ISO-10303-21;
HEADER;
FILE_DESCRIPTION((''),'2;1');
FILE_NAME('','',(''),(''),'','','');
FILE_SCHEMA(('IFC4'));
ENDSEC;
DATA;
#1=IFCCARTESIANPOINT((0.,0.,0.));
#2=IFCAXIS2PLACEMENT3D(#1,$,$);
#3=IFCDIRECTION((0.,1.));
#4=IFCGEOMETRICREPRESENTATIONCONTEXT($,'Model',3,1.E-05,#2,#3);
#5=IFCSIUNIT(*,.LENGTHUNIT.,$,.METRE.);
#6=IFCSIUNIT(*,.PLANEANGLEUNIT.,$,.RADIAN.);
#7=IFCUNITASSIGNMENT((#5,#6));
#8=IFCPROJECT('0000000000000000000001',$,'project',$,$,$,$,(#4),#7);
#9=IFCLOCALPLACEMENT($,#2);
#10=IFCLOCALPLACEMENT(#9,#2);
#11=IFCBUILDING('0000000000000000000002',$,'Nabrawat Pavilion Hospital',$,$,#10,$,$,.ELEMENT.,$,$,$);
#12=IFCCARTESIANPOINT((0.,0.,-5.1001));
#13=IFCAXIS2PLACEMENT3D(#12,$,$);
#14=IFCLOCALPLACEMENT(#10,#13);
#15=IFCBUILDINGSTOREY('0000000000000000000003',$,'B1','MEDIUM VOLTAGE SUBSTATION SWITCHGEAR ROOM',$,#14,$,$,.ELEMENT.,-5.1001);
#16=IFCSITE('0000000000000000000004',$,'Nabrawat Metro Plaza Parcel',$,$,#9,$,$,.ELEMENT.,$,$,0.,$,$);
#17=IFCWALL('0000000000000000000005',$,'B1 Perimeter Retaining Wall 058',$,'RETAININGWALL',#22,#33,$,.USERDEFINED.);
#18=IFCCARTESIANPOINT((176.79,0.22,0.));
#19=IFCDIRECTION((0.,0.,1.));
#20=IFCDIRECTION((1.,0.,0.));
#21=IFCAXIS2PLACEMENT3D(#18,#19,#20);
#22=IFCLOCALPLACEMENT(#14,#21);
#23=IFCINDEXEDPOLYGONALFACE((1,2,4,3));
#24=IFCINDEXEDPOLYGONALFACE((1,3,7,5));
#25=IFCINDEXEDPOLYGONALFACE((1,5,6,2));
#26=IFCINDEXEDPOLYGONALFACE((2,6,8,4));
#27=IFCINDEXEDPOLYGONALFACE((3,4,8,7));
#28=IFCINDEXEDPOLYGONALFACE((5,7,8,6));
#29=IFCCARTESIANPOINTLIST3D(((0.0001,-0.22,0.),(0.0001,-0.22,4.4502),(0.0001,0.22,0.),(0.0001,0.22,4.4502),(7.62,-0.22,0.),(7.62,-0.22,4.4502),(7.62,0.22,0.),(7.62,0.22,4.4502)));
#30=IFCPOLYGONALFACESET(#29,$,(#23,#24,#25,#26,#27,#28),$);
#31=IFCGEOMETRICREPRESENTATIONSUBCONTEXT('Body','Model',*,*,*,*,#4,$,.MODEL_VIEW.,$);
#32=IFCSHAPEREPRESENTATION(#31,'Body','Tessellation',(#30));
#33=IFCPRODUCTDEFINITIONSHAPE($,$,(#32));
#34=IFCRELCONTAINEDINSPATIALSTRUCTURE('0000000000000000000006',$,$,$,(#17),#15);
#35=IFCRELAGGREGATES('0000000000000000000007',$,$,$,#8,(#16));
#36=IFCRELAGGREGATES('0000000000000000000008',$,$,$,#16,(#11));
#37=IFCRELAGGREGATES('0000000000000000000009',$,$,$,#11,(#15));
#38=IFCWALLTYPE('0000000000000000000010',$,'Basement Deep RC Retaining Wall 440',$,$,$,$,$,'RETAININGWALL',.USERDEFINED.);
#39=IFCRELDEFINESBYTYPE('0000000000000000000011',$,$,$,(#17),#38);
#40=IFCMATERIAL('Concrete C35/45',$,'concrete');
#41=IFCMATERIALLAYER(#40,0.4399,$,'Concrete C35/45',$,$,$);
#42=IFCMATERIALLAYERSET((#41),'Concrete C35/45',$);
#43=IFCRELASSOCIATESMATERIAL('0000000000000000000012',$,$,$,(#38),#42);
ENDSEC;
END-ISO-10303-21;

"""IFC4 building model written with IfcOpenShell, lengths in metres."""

from ifc_helpers import new_model, si_unit, direction, frame, frame_2d, origin, place, context, subcontext, project, spatial, rectangle, extrude, material, layer, layer_set, type_object, element, save


model = new_model("IFC4")

# Units and contexts
model_context = context("Model", 3, precision=1e-05, world=origin(), true_north=direction((0.0, 1.0)))
body_context = subcontext(model_context, "Body", "Model", "MODEL_VIEW")
ifc_project = project(units=[si_unit("LENGTHUNIT", "METRE"), si_unit("PLANEANGLEUNIT", "RADIAN")], contexts=[model_context])

# Site, building, storey
site_placement = place(None, origin())
site = spatial("IfcSite", under=ifc_project, at=site_placement, Name="Nabrawat Metro Plaza Parcel", CompositionType="ELEMENT", RefElevation=0.0)
building_placement = place(site_placement, origin())
building = spatial("IfcBuilding", under=site, at=building_placement, Name="Nabrawat Pavilion Hospital", CompositionType="ELEMENT")
storey_placement = place(building_placement, frame((0.0, 0.0, -5.1001)))
storey = spatial("IfcBuildingStorey", under=building, at=storey_placement, Name="B1", Description="MEDIUM VOLTAGE SUBSTATION SWITCHGEAR ROOM", CompositionType="ELEMENT", Elevation=-5.1001)

# Shared definitions
ifc_material_1 = material(Name="Concrete C35/45", Category="concrete")

# Wall
ifc_layer_1 = layer(ifc_material_1, 0.4399, Name="Concrete C35/45")
ifc_layer_set_1 = layer_set([ifc_layer_1], Name="Concrete C35/45")
wall_type_1 = type_object("IfcWallType", Name="Basement Deep RC Retaining Wall 440", ElementType="RETAININGWALL", PredefinedType="USERDEFINED", material=ifc_layer_set_1)
wall_1_placement = place(storey_placement, frame((176.79, 0.22, 0.0), z_axis=(0.0, 0.0, 1.0), x_axis=(1.0, 0.0, 0.0)))
element("IfcWall", 1, at=wall_1_placement, inside=storey, type_object=wall_type_1, Name="B1 Perimeter Retaining Wall 058", ObjectType="RETAININGWALL", PredefinedType="USERDEFINED", context=body_context, shape_type="SweptSolid", body=[
    extrude(rectangle(XDim=7.6199, YDim=0.4399, at=frame_2d((3.8101, 0.0))), origin(), (0.0, 0.0, 1.0), 4.4502),
])

save(model, "model.ifc")
